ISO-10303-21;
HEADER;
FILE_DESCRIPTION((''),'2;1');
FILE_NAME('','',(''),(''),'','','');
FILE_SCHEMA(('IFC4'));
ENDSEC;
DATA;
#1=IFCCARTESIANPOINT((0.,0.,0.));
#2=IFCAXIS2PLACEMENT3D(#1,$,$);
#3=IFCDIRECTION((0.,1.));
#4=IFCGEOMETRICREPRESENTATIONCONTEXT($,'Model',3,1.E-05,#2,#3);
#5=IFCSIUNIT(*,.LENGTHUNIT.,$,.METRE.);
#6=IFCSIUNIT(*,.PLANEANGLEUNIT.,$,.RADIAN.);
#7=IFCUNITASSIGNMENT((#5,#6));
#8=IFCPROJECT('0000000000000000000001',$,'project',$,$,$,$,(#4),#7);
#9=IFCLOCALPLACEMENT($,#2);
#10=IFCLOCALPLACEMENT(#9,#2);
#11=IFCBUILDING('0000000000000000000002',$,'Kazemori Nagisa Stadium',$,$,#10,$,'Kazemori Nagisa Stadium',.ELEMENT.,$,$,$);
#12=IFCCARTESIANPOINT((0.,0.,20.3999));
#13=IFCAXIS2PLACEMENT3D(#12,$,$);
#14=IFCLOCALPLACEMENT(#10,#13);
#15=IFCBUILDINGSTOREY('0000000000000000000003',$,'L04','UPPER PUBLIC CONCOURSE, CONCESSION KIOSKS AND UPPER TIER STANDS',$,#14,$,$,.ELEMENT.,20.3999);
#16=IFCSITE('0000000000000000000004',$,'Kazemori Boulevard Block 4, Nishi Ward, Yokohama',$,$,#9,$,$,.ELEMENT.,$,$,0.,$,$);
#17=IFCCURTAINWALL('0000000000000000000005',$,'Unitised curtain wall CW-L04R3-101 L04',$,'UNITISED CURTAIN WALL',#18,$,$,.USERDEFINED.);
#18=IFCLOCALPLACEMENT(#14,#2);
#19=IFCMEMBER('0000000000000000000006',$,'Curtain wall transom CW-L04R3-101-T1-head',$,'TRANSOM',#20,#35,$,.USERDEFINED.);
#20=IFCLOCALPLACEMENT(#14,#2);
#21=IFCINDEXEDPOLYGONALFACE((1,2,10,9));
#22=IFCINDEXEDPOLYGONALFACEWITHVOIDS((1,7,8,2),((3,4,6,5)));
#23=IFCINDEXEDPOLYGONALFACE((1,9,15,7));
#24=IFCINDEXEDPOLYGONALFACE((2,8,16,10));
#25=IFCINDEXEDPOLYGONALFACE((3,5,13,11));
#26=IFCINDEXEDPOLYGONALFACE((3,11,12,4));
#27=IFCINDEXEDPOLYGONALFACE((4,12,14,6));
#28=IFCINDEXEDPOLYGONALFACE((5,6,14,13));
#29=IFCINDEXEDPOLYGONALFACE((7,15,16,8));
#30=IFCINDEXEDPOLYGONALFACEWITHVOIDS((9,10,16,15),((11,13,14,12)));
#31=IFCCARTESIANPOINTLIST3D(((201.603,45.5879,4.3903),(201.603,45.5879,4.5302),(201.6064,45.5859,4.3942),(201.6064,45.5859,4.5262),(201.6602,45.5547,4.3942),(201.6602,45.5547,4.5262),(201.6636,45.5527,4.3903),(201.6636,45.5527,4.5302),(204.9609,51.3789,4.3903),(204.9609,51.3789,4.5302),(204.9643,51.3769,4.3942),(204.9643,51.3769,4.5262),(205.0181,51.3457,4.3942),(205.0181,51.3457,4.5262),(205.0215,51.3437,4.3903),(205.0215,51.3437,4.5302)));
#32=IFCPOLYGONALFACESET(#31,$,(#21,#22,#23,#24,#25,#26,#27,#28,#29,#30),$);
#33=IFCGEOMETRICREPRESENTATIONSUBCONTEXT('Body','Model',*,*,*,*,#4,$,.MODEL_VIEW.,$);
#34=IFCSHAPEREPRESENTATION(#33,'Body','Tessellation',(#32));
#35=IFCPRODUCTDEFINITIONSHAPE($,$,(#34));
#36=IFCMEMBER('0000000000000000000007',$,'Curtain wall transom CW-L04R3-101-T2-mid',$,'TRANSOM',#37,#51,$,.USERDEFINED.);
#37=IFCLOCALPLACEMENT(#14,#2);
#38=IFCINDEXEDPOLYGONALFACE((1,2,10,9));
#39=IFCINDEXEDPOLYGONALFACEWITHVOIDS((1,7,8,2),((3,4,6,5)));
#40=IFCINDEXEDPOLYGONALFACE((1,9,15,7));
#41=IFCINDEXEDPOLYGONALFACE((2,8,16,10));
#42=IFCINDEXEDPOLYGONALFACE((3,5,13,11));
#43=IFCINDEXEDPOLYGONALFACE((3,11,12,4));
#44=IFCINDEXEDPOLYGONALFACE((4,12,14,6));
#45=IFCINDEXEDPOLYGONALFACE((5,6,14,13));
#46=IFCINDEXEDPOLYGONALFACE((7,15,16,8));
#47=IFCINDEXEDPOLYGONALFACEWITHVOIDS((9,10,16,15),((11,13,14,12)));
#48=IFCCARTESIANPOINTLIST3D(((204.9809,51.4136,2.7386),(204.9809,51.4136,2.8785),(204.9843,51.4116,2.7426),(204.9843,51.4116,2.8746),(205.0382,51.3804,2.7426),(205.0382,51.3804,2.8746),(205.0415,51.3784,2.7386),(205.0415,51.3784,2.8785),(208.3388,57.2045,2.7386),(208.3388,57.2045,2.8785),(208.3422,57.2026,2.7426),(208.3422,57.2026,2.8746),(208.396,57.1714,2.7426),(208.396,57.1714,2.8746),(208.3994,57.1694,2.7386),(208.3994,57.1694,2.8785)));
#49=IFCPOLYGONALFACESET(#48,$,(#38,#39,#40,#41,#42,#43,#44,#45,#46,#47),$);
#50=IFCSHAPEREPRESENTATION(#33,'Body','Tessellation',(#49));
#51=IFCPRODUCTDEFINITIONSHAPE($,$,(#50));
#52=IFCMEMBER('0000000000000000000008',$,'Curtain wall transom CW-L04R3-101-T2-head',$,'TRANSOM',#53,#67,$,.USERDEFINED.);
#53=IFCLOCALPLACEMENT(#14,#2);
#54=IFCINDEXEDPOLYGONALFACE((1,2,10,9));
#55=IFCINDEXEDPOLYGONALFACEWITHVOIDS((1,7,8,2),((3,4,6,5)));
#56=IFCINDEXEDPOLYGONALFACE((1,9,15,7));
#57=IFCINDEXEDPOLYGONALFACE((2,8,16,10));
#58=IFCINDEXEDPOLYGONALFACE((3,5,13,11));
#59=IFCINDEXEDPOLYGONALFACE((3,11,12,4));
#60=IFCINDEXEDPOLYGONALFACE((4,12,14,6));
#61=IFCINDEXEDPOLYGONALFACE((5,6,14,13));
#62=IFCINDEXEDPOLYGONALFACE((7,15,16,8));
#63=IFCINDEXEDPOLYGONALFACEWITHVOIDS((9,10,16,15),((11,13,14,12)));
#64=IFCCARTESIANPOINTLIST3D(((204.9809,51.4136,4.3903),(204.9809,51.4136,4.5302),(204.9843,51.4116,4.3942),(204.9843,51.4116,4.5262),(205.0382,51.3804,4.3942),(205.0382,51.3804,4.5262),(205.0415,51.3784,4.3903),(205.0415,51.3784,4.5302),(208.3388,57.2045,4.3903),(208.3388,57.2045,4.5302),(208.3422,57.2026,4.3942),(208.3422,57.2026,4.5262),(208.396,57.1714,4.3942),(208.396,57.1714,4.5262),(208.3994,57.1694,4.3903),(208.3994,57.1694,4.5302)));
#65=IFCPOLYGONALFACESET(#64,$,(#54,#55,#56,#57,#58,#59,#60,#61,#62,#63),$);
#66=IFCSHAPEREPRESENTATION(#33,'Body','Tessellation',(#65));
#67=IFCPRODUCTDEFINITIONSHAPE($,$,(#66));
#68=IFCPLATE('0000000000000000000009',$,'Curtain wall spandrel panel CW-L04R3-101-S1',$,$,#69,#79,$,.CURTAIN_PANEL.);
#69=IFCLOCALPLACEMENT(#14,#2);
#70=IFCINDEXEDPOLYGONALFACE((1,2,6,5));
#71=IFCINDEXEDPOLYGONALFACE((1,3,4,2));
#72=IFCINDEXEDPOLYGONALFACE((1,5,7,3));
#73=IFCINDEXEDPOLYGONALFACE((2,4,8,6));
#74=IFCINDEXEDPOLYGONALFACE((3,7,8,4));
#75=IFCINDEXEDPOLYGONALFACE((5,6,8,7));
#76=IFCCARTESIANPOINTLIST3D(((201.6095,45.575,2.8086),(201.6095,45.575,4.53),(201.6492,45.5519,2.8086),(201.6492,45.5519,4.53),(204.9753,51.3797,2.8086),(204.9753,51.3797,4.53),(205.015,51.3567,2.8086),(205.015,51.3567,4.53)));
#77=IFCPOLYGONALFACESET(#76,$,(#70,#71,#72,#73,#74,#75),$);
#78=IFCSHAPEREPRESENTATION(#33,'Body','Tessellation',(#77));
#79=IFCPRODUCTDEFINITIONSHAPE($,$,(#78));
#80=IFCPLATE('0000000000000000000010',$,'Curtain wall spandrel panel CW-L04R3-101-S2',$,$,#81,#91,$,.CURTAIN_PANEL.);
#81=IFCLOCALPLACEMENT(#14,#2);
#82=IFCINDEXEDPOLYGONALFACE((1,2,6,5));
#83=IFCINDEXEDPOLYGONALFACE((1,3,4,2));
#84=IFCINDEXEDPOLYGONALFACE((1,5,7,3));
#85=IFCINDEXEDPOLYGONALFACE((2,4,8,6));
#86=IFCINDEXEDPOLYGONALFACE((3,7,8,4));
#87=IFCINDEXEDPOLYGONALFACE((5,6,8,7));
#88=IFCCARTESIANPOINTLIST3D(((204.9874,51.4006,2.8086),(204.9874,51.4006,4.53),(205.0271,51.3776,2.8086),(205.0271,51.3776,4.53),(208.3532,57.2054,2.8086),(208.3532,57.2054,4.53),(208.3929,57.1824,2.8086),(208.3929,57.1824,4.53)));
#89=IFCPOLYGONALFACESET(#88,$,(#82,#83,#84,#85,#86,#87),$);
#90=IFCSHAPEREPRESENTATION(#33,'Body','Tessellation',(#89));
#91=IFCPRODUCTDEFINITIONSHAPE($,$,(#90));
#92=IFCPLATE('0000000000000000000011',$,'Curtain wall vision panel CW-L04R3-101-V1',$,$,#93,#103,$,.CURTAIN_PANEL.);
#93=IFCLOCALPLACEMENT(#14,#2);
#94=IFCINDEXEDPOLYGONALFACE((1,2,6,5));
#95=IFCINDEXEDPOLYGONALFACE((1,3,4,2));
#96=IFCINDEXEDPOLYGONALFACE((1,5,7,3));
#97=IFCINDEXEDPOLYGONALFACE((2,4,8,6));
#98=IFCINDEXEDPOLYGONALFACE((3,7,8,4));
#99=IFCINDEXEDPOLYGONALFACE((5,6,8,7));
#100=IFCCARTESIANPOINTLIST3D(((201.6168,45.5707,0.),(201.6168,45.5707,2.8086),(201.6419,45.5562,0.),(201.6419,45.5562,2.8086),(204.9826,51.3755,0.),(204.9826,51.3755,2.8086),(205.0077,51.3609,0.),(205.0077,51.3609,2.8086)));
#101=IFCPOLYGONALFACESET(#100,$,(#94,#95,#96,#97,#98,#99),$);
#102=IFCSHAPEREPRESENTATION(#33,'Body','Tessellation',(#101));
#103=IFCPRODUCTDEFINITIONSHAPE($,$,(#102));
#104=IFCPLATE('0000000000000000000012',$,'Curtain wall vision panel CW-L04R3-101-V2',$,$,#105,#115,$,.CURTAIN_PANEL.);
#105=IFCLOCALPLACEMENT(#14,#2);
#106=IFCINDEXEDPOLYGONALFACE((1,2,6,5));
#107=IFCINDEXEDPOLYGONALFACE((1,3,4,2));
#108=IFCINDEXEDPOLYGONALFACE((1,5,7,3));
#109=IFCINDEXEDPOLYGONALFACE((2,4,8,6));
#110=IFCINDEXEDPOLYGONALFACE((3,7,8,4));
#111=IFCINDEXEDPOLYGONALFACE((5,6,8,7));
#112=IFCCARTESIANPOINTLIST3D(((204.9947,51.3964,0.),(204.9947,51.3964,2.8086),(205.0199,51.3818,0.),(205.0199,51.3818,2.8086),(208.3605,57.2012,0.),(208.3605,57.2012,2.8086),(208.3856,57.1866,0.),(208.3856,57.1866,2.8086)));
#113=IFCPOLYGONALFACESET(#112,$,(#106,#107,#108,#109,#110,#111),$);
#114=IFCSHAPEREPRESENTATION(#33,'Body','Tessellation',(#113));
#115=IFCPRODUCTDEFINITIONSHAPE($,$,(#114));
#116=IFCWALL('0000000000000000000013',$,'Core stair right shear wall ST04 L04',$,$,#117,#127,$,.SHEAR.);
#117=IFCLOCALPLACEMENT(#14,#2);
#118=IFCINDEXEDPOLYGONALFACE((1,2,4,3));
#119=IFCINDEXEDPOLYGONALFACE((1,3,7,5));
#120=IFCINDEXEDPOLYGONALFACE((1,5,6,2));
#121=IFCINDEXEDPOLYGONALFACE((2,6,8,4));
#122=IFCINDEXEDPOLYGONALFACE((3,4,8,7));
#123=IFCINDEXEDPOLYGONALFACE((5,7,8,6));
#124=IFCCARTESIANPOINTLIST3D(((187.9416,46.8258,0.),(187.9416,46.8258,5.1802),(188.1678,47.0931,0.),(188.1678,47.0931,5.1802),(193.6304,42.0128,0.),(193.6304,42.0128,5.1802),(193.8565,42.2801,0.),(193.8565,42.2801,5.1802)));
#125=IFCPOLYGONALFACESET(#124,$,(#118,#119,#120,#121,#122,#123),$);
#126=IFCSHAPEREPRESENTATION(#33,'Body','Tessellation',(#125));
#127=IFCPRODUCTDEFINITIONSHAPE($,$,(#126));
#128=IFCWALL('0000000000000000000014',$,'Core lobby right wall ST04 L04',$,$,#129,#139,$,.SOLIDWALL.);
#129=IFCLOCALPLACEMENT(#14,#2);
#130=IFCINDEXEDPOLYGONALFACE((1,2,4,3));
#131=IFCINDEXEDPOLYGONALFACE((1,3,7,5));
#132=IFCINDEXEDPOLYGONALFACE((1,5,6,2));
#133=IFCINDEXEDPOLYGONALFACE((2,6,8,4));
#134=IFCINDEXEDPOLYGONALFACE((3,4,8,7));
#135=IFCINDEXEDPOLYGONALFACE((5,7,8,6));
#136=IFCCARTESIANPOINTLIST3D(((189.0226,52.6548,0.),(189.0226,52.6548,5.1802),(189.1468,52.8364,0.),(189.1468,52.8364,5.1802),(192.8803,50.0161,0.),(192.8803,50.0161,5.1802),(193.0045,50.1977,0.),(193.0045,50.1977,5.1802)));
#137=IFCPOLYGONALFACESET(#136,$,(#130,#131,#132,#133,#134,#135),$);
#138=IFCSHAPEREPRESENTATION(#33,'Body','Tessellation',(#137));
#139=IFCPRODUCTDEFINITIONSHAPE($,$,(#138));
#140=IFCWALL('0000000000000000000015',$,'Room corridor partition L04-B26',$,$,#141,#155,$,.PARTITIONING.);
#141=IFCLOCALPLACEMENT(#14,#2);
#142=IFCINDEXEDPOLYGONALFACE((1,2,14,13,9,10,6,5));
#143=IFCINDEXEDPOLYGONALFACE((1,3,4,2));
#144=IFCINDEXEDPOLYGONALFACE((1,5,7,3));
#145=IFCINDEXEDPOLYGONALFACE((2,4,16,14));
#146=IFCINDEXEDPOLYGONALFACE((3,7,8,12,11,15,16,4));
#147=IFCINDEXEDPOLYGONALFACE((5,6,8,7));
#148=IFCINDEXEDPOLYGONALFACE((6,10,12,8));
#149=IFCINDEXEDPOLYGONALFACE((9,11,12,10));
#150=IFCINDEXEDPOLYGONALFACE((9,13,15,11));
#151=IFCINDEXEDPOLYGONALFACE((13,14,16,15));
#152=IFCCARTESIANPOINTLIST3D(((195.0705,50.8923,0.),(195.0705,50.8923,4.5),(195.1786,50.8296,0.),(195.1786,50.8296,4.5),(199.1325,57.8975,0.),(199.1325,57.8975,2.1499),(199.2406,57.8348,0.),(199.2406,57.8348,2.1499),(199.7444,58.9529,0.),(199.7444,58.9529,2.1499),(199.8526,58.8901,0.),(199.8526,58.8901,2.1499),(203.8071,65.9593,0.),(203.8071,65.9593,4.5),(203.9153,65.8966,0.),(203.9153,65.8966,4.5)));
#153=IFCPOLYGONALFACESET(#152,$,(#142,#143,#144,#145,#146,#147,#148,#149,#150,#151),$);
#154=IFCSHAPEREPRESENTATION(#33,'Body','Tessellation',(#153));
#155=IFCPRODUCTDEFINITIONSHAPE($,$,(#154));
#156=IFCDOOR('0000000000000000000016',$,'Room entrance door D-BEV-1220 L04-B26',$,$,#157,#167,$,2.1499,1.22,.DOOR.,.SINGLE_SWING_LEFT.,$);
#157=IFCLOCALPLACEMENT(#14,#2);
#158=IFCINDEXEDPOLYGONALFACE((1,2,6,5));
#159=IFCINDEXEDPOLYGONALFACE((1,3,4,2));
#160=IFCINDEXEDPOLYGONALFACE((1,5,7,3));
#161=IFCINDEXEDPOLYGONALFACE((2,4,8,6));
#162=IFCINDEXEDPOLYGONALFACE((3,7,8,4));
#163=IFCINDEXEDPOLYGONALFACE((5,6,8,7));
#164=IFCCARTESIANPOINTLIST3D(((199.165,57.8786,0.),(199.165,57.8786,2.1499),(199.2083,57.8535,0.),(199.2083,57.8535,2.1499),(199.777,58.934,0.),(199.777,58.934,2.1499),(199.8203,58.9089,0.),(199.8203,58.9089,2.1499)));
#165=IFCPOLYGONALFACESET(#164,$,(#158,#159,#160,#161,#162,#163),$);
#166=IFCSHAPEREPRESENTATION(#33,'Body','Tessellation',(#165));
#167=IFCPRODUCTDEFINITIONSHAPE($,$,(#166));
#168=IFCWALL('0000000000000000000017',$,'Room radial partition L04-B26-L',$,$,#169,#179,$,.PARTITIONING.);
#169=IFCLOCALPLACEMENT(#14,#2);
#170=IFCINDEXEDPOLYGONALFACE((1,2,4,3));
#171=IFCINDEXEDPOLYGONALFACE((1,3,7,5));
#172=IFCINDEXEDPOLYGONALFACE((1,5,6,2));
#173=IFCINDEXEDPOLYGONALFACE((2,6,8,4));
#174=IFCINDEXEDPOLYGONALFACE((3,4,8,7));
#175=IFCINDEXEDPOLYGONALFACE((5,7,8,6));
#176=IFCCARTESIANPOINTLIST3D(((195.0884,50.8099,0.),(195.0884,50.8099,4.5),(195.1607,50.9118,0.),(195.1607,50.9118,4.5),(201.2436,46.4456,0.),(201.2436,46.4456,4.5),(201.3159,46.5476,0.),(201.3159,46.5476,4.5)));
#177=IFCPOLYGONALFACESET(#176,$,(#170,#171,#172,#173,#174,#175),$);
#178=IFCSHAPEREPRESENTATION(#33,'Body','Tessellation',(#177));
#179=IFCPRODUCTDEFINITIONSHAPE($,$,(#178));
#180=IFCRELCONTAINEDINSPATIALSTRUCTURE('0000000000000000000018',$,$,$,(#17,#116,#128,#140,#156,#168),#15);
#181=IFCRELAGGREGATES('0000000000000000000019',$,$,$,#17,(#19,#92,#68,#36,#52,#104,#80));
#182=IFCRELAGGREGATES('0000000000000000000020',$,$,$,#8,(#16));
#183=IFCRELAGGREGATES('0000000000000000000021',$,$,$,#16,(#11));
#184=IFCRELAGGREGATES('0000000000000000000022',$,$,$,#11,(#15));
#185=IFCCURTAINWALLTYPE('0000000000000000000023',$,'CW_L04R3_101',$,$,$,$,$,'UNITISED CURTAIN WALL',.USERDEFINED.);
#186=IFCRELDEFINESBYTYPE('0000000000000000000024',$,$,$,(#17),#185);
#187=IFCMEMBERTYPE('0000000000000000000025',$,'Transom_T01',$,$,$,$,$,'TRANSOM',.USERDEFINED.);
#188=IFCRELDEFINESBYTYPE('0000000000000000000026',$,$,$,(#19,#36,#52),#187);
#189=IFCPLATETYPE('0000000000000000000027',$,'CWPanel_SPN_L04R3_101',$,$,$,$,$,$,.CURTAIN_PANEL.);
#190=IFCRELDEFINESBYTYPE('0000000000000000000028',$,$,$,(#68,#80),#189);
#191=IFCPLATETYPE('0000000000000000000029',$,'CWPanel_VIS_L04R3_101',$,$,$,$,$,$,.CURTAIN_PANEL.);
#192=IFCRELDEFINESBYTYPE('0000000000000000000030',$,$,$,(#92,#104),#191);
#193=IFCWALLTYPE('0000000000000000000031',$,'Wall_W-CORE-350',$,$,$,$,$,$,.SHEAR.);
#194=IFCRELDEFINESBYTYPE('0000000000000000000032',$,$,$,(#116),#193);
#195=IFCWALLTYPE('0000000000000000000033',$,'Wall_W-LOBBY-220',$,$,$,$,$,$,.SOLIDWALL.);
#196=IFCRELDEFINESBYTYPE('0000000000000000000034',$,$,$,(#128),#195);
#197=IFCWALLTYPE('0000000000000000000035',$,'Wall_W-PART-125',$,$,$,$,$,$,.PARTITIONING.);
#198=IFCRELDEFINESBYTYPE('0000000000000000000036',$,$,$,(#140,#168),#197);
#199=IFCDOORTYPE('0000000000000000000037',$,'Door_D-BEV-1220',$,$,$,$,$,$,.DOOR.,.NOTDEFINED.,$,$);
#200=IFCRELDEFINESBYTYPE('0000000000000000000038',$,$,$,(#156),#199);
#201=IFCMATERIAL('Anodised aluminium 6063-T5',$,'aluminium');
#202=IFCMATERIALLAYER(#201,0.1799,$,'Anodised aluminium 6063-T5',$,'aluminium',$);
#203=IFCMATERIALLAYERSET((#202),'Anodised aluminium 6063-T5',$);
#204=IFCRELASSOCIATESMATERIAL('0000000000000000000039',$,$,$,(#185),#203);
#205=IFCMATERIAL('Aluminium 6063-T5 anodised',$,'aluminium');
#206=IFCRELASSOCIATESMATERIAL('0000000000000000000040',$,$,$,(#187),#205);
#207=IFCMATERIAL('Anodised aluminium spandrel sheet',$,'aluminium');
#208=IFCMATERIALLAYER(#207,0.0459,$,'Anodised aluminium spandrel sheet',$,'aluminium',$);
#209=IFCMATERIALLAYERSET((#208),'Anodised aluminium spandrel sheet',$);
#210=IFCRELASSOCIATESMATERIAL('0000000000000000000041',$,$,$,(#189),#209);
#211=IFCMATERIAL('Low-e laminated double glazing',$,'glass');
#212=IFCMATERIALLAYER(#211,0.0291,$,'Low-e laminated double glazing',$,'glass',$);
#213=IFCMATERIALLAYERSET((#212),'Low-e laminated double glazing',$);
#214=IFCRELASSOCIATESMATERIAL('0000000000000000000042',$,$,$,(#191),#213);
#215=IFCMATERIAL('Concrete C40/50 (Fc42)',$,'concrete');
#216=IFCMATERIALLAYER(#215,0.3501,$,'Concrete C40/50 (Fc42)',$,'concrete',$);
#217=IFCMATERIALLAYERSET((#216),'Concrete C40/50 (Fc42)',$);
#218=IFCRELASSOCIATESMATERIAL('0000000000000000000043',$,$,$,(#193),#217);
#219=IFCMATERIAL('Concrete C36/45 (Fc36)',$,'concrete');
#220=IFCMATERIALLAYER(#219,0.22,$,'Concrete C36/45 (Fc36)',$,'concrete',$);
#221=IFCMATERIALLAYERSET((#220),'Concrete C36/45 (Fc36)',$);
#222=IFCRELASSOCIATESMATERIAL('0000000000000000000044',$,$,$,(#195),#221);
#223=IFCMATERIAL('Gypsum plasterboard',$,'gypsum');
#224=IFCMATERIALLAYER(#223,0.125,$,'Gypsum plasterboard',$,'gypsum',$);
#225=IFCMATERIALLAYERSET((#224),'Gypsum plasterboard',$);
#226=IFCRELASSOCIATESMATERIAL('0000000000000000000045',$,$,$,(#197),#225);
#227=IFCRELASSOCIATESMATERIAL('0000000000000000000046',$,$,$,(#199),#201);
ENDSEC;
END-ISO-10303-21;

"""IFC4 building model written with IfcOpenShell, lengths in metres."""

from ifc_helpers import new_model, si_unit, direction, frame, frame_2d, origin, origin_2d, place, context, subcontext, project, spatial, rectangle, hollow_rectangle, extrude, material, layer, layer_set, material_profile, profile_set, type_object, element, fill, aggregate, save


model = new_model("IFC4")

# Units and contexts
model_context = context("Model", 3, precision=1e-05, world=origin(), true_north=direction((0.0, 1.0)))
body_context = subcontext(model_context, "Body", "Model", "MODEL_VIEW")
ifc_project = project(units=[si_unit("LENGTHUNIT", "METRE"), si_unit("PLANEANGLEUNIT", "RADIAN")], contexts=[model_context])

# Site, building, storey
site_placement = place(None, origin())
site = spatial("IfcSite", under=ifc_project, at=site_placement, Name="Kazemori Boulevard Block 4, Nishi Ward, Yokohama", CompositionType="ELEMENT", RefElevation=0.0)
building_placement = place(site_placement, origin())
building = spatial("IfcBuilding", under=site, at=building_placement, Name="Kazemori Nagisa Stadium", LongName="Kazemori Nagisa Stadium", CompositionType="ELEMENT")
storey_placement = place(building_placement, frame((0.0, 0.0, 20.3999)))
storey = spatial("IfcBuildingStorey", under=building, at=storey_placement, Name="L04", Description="UPPER PUBLIC CONCOURSE, CONCESSION KIOSKS AND UPPER TIER STANDS", CompositionType="ELEMENT", Elevation=20.3999)

# Curtain wall, members, plates
ifc_material_1 = material(Name="Anodised aluminium 6063-T5", Category="aluminium")
ifc_layer_1 = layer(ifc_material_1, 0.1799, Name="Anodised aluminium 6063-T5", Category="aluminium")
ifc_layer_set_1 = layer_set([ifc_layer_1], Name="Anodised aluminium 6063-T5")
curtain_wall_type = type_object("IfcCurtainWallType", Name="CW_L04R3_101", ElementType="UNITISED CURTAIN WALL", PredefinedType="USERDEFINED", material=ifc_layer_set_1)
curtain_wall_placement = place(storey_placement, origin())
curtain_wall = element("IfcCurtainWall", 1, at=curtain_wall_placement, inside=storey, type_object=curtain_wall_type, Name="Unitised curtain wall CW-L04R3-101 L04", ObjectType="UNITISED CURTAIN WALL", PredefinedType="USERDEFINED")
ifc_material_2 = material(Name="Aluminium 6063-T5 anodised", Category="aluminium")
ifc_material_profile_1 = material_profile(ifc_material_2, hollow_rectangle(XDim=0.0701, YDim=0.1399, WallThickness=0.0039, at=origin_2d()), Name="ALU-TRAN-70x140x4")
ifc_profile_set_1 = profile_set([ifc_material_profile_1], Name="Aluminium 6063-T5 anodised")
member_type_1 = type_object("IfcMemberType", Name="Transom_T01", ElementType="TRANSOM", PredefinedType="USERDEFINED", material=ifc_profile_set_1)
member_1_placement = place(storey_placement, frame((201.6333, 45.5703, 4.4602), z_axis=(0.50162, 0.865088, 0.0), x_axis=(-0.865088, 0.50162, 0.0)))
member_1 = element("IfcMember", 2, at=member_1_placement, type_object=member_type_1, Name="Curtain wall transom CW-L04R3-101-T1-head", ObjectType="TRANSOM", PredefinedType="USERDEFINED", context=body_context, shape_type="SweptSolid", body=[
    extrude(hollow_rectangle(XDim=0.0701, YDim=0.1399, WallThickness=0.0039, at=origin_2d()), origin(), (0.0, 0.0, 1.0), 6.6941),
])
member_2_placement = place(storey_placement, frame((205.0112, 51.396, 2.8086), z_axis=(0.50162, 0.865088, 0.0), x_axis=(-0.865088, 0.50162, 0.0)))
member_2 = element("IfcMember", 3, at=member_2_placement, type_object=member_type_1, Name="Curtain wall transom CW-L04R3-101-T2-mid", ObjectType="TRANSOM", PredefinedType="USERDEFINED", context=body_context, shape_type="SweptSolid", body=[
    extrude(hollow_rectangle(XDim=0.0701, YDim=0.1399, WallThickness=0.0039, at=origin_2d()), origin(), (0.0, 0.0, 1.0), 6.6941),
])
member_3_placement = place(storey_placement, frame((205.0112, 51.396, 4.4602), z_axis=(0.50162, 0.865088, 0.0), x_axis=(-0.865088, 0.50162, 0.0)))
member_3 = element("IfcMember", 4, at=member_3_placement, type_object=member_type_1, Name="Curtain wall transom CW-L04R3-101-T2-head", ObjectType="TRANSOM", PredefinedType="USERDEFINED", context=body_context, shape_type="SweptSolid", body=[
    extrude(hollow_rectangle(XDim=0.0701, YDim=0.1399, WallThickness=0.0039, at=origin_2d()), origin(), (0.0, 0.0, 1.0), 6.6941),
])
ifc_material_3 = material(Name="Anodised aluminium spandrel sheet", Category="aluminium")
ifc_layer_2 = layer(ifc_material_3, 0.0459, Name="Anodised aluminium spandrel sheet", Category="aluminium")
ifc_layer_set_2 = layer_set([ifc_layer_2], Name="Anodised aluminium spandrel sheet")
plate_type_1 = type_object("IfcPlateType", Name="CWPanel_SPN_L04R3_101", PredefinedType="CURTAIN_PANEL", material=ifc_layer_set_2)
plate_1_placement = place(storey_placement, frame((203.3123, 48.4658, 2.8086), z_axis=(0.0, 0.0, 1.0), x_axis=(0.501612, 0.865093, 0.0)))
plate_1 = element("IfcPlate", 5, at=plate_1_placement, type_object=plate_type_1, Name="Curtain wall spandrel panel CW-L04R3-101-S1", PredefinedType="CURTAIN_PANEL", context=body_context, shape_type="SweptSolid", body=[
    extrude(rectangle(XDim=6.71, YDim=0.0459, at=origin_2d()), origin(), (0.0, 0.0, 1.0), 1.7214),
])
plate_2_placement = place(storey_placement, frame((206.6902, 54.2915, 2.8086), z_axis=(0.0, 0.0, 1.0), x_axis=(0.501612, 0.865093, 0.0)))
plate_2 = element("IfcPlate", 6, at=plate_2_placement, type_object=plate_type_1, Name="Curtain wall spandrel panel CW-L04R3-101-S2", PredefinedType="CURTAIN_PANEL", context=body_context, shape_type="SweptSolid", body=[
    extrude(rectangle(XDim=6.71, YDim=0.0459, at=origin_2d()), origin(), (0.0, 0.0, 1.0), 1.7214),
])
ifc_material_4 = material(Name="Low-e laminated double glazing", Category="glass")
ifc_layer_3 = layer(ifc_material_4, 0.0291, Name="Low-e laminated double glazing", Category="glass")
ifc_layer_set_3 = layer_set([ifc_layer_3], Name="Low-e laminated double glazing")
plate_type_2 = type_object("IfcPlateType", Name="CWPanel_VIS_L04R3_101", PredefinedType="CURTAIN_PANEL", material=ifc_layer_set_3)
plate_3_placement = place(storey_placement, frame((203.3123, 48.4658, 0.0), z_axis=(0.0, 0.0, 1.0), x_axis=(0.501612, 0.865093, 0.0)))
plate_3 = element("IfcPlate", 7, at=plate_3_placement, type_object=plate_type_2, Name="Curtain wall vision panel CW-L04R3-101-V1", PredefinedType="CURTAIN_PANEL", context=body_context, shape_type="SweptSolid", body=[
    extrude(rectangle(XDim=6.71, YDim=0.0291, at=origin_2d()), origin(), (0.0, 0.0, 1.0), 2.8086),
])
plate_4_placement = place(storey_placement, frame((206.6902, 54.2915, 0.0), z_axis=(0.0, 0.0, 1.0), x_axis=(0.501612, 0.865093, 0.0)))
plate_4 = element("IfcPlate", 8, at=plate_4_placement, type_object=plate_type_2, Name="Curtain wall vision panel CW-L04R3-101-V2", PredefinedType="CURTAIN_PANEL", context=body_context, shape_type="SweptSolid", body=[
    extrude(rectangle(XDim=6.71, YDim=0.0291, at=origin_2d()), origin(), (0.0, 0.0, 1.0), 2.8086),
])
aggregate(curtain_wall, [member_1, plate_3, plate_1, member_2, member_3, plate_4, plate_2])

# Walls
ifc_material_5 = material(Name="Concrete C40/50 (Fc42)", Category="concrete")
ifc_layer_4 = layer(ifc_material_5, 0.3501, Name="Concrete C40/50 (Fc42)", Category="concrete")
ifc_layer_set_4 = layer_set([ifc_layer_4], Name="Concrete C40/50 (Fc42)")
wall_type_1 = type_object("IfcWallType", Name="Wall_W-CORE-350", PredefinedType="SHEAR", material=ifc_layer_set_4)
wall_1_placement = place(storey_placement, frame((188.0547, 46.9595, 0.0), z_axis=(0.0, 0.0, 1.0), x_axis=(0.763422, -0.6459, 0.0)))
element("IfcWall", 9, at=wall_1_placement, inside=storey, type_object=wall_type_1, Name="Core stair right shear wall ST04 L04", PredefinedType="SHEAR", context=body_context, shape_type="SweptSolid", body=[
    extrude(rectangle(XDim=7.4517, YDim=0.3501, at=frame_2d((3.7258, 0.0))), origin(), (0.0, 0.0, 1.0), 5.1802),
])
ifc_material_6 = material(Name="Concrete C36/45 (Fc36)", Category="concrete")
ifc_layer_5 = layer(ifc_material_6, 0.22, Name="Concrete C36/45 (Fc36)", Category="concrete")
ifc_layer_set_5 = layer_set([ifc_layer_5], Name="Concrete C36/45 (Fc36)")
wall_type_2 = type_object("IfcWallType", Name="Wall_W-LOBBY-220", PredefinedType="SOLIDWALL", material=ifc_layer_set_5)
wall_2_placement = place(storey_placement, frame((189.0847, 52.7456, 0.0), z_axis=(0.0, 0.0, 1.0), x_axis=(0.825385, -0.56457, 0.0)))
element("IfcWall", 10, at=wall_2_placement, inside=storey, type_object=wall_type_2, Name="Core lobby right wall ST04 L04", PredefinedType="SOLIDWALL", context=body_context, shape_type="SweptSolid", body=[
    extrude(rectangle(XDim=4.6738, YDim=0.22, at=frame_2d((2.3369, 0.0))), origin(), (0.0, 0.0, 1.0), 5.1802),
])

# Wall, opening, door
ifc_material_7 = material(Name="Gypsum plasterboard", Category="gypsum")
ifc_layer_6 = layer(ifc_material_7, 0.125, Name="Gypsum plasterboard", Category="gypsum")
ifc_layer_set_6 = layer_set([ifc_layer_6], Name="Gypsum plasterboard")
wall_type_3 = type_object("IfcWallType", Name="Wall_W-PART-125", PredefinedType="PARTITIONING", material=ifc_layer_set_6)
wall_3_placement = place(storey_placement, frame((195.1245, 50.8608, 0.0), z_axis=(0.0, 0.0, 1.0), x_axis=(0.501622, 0.865087, 0.0)))
wall_3 = element("IfcWall", 11, at=wall_3_placement, inside=storey, type_object=wall_type_3, Name="Room corridor partition L04-B26", PredefinedType="PARTITIONING", context=body_context, shape_type="SweptSolid", body=[
    extrude(rectangle(XDim=17.4167, YDim=0.125, at=frame_2d((8.7085, 0.0))), origin(), (0.0, 0.0, 1.0), 4.5),
])
opening_1_placement = place(wall_3_placement, frame((8.0979, 0.0, 0.0)))
opening_1 = element("IfcOpeningElement", 12, at=opening_1_placement, cuts=wall_3, PredefinedType="OPENING", context=body_context, shape_type="SweptSolid", body=[
    extrude(rectangle(XDim=1.22, YDim=2.1499, at=frame_2d((0.6099, 1.075))), frame((0.0, 0.0725, 0.0), z_axis=(0.0, -1.0, 0.0), x_axis=(1.0, 0.0, 0.0)), (0.0, 0.0, 1.0), 0.145),
])
door_type_1 = type_object("IfcDoorType", Name="Door_D-BEV-1220", OperationType="NOTDEFINED", PredefinedType="DOOR", material=ifc_material_1)
door_1_placement = place(opening_1_placement, origin())
door_1 = element("IfcDoor", 13, at=door_1_placement, inside=storey, type_object=door_type_1, Name="Room entrance door D-BEV-1220 L04-B26", OperationType="SINGLE_SWING_LEFT", OverallHeight=2.1499, OverallWidth=1.22, PredefinedType="DOOR", context=body_context, shape_type="SweptSolid", body=[
    extrude(rectangle(XDim=1.22, YDim=2.1499, at=frame_2d((0.6099, 1.075))), frame((0.0, 0.0249, 0.0), z_axis=(0.0, -1.0, 0.0), x_axis=(1.0, 0.0, 0.0)), (0.0, 0.0, 1.0), 0.05),
])
fill(opening_1, door_1)

# Wall
wall_4_placement = place(storey_placement, frame((195.1245, 50.8608, 0.0), z_axis=(0.0, 0.0, 1.0), x_axis=(0.815757, -0.578394, 0.0)))
element("IfcWall", 14, at=wall_4_placement, inside=storey, type_object=wall_type_3, Name="Room radial partition L04-B26-L", PredefinedType="PARTITIONING", context=body_context, shape_type="SweptSolid", body=[
    extrude(rectangle(XDim=7.5454, YDim=0.125, at=frame_2d((3.7727, 0.0))), origin(), (0.0, 0.0, 1.0), 4.5),
])

save(model, "model.ifc")
